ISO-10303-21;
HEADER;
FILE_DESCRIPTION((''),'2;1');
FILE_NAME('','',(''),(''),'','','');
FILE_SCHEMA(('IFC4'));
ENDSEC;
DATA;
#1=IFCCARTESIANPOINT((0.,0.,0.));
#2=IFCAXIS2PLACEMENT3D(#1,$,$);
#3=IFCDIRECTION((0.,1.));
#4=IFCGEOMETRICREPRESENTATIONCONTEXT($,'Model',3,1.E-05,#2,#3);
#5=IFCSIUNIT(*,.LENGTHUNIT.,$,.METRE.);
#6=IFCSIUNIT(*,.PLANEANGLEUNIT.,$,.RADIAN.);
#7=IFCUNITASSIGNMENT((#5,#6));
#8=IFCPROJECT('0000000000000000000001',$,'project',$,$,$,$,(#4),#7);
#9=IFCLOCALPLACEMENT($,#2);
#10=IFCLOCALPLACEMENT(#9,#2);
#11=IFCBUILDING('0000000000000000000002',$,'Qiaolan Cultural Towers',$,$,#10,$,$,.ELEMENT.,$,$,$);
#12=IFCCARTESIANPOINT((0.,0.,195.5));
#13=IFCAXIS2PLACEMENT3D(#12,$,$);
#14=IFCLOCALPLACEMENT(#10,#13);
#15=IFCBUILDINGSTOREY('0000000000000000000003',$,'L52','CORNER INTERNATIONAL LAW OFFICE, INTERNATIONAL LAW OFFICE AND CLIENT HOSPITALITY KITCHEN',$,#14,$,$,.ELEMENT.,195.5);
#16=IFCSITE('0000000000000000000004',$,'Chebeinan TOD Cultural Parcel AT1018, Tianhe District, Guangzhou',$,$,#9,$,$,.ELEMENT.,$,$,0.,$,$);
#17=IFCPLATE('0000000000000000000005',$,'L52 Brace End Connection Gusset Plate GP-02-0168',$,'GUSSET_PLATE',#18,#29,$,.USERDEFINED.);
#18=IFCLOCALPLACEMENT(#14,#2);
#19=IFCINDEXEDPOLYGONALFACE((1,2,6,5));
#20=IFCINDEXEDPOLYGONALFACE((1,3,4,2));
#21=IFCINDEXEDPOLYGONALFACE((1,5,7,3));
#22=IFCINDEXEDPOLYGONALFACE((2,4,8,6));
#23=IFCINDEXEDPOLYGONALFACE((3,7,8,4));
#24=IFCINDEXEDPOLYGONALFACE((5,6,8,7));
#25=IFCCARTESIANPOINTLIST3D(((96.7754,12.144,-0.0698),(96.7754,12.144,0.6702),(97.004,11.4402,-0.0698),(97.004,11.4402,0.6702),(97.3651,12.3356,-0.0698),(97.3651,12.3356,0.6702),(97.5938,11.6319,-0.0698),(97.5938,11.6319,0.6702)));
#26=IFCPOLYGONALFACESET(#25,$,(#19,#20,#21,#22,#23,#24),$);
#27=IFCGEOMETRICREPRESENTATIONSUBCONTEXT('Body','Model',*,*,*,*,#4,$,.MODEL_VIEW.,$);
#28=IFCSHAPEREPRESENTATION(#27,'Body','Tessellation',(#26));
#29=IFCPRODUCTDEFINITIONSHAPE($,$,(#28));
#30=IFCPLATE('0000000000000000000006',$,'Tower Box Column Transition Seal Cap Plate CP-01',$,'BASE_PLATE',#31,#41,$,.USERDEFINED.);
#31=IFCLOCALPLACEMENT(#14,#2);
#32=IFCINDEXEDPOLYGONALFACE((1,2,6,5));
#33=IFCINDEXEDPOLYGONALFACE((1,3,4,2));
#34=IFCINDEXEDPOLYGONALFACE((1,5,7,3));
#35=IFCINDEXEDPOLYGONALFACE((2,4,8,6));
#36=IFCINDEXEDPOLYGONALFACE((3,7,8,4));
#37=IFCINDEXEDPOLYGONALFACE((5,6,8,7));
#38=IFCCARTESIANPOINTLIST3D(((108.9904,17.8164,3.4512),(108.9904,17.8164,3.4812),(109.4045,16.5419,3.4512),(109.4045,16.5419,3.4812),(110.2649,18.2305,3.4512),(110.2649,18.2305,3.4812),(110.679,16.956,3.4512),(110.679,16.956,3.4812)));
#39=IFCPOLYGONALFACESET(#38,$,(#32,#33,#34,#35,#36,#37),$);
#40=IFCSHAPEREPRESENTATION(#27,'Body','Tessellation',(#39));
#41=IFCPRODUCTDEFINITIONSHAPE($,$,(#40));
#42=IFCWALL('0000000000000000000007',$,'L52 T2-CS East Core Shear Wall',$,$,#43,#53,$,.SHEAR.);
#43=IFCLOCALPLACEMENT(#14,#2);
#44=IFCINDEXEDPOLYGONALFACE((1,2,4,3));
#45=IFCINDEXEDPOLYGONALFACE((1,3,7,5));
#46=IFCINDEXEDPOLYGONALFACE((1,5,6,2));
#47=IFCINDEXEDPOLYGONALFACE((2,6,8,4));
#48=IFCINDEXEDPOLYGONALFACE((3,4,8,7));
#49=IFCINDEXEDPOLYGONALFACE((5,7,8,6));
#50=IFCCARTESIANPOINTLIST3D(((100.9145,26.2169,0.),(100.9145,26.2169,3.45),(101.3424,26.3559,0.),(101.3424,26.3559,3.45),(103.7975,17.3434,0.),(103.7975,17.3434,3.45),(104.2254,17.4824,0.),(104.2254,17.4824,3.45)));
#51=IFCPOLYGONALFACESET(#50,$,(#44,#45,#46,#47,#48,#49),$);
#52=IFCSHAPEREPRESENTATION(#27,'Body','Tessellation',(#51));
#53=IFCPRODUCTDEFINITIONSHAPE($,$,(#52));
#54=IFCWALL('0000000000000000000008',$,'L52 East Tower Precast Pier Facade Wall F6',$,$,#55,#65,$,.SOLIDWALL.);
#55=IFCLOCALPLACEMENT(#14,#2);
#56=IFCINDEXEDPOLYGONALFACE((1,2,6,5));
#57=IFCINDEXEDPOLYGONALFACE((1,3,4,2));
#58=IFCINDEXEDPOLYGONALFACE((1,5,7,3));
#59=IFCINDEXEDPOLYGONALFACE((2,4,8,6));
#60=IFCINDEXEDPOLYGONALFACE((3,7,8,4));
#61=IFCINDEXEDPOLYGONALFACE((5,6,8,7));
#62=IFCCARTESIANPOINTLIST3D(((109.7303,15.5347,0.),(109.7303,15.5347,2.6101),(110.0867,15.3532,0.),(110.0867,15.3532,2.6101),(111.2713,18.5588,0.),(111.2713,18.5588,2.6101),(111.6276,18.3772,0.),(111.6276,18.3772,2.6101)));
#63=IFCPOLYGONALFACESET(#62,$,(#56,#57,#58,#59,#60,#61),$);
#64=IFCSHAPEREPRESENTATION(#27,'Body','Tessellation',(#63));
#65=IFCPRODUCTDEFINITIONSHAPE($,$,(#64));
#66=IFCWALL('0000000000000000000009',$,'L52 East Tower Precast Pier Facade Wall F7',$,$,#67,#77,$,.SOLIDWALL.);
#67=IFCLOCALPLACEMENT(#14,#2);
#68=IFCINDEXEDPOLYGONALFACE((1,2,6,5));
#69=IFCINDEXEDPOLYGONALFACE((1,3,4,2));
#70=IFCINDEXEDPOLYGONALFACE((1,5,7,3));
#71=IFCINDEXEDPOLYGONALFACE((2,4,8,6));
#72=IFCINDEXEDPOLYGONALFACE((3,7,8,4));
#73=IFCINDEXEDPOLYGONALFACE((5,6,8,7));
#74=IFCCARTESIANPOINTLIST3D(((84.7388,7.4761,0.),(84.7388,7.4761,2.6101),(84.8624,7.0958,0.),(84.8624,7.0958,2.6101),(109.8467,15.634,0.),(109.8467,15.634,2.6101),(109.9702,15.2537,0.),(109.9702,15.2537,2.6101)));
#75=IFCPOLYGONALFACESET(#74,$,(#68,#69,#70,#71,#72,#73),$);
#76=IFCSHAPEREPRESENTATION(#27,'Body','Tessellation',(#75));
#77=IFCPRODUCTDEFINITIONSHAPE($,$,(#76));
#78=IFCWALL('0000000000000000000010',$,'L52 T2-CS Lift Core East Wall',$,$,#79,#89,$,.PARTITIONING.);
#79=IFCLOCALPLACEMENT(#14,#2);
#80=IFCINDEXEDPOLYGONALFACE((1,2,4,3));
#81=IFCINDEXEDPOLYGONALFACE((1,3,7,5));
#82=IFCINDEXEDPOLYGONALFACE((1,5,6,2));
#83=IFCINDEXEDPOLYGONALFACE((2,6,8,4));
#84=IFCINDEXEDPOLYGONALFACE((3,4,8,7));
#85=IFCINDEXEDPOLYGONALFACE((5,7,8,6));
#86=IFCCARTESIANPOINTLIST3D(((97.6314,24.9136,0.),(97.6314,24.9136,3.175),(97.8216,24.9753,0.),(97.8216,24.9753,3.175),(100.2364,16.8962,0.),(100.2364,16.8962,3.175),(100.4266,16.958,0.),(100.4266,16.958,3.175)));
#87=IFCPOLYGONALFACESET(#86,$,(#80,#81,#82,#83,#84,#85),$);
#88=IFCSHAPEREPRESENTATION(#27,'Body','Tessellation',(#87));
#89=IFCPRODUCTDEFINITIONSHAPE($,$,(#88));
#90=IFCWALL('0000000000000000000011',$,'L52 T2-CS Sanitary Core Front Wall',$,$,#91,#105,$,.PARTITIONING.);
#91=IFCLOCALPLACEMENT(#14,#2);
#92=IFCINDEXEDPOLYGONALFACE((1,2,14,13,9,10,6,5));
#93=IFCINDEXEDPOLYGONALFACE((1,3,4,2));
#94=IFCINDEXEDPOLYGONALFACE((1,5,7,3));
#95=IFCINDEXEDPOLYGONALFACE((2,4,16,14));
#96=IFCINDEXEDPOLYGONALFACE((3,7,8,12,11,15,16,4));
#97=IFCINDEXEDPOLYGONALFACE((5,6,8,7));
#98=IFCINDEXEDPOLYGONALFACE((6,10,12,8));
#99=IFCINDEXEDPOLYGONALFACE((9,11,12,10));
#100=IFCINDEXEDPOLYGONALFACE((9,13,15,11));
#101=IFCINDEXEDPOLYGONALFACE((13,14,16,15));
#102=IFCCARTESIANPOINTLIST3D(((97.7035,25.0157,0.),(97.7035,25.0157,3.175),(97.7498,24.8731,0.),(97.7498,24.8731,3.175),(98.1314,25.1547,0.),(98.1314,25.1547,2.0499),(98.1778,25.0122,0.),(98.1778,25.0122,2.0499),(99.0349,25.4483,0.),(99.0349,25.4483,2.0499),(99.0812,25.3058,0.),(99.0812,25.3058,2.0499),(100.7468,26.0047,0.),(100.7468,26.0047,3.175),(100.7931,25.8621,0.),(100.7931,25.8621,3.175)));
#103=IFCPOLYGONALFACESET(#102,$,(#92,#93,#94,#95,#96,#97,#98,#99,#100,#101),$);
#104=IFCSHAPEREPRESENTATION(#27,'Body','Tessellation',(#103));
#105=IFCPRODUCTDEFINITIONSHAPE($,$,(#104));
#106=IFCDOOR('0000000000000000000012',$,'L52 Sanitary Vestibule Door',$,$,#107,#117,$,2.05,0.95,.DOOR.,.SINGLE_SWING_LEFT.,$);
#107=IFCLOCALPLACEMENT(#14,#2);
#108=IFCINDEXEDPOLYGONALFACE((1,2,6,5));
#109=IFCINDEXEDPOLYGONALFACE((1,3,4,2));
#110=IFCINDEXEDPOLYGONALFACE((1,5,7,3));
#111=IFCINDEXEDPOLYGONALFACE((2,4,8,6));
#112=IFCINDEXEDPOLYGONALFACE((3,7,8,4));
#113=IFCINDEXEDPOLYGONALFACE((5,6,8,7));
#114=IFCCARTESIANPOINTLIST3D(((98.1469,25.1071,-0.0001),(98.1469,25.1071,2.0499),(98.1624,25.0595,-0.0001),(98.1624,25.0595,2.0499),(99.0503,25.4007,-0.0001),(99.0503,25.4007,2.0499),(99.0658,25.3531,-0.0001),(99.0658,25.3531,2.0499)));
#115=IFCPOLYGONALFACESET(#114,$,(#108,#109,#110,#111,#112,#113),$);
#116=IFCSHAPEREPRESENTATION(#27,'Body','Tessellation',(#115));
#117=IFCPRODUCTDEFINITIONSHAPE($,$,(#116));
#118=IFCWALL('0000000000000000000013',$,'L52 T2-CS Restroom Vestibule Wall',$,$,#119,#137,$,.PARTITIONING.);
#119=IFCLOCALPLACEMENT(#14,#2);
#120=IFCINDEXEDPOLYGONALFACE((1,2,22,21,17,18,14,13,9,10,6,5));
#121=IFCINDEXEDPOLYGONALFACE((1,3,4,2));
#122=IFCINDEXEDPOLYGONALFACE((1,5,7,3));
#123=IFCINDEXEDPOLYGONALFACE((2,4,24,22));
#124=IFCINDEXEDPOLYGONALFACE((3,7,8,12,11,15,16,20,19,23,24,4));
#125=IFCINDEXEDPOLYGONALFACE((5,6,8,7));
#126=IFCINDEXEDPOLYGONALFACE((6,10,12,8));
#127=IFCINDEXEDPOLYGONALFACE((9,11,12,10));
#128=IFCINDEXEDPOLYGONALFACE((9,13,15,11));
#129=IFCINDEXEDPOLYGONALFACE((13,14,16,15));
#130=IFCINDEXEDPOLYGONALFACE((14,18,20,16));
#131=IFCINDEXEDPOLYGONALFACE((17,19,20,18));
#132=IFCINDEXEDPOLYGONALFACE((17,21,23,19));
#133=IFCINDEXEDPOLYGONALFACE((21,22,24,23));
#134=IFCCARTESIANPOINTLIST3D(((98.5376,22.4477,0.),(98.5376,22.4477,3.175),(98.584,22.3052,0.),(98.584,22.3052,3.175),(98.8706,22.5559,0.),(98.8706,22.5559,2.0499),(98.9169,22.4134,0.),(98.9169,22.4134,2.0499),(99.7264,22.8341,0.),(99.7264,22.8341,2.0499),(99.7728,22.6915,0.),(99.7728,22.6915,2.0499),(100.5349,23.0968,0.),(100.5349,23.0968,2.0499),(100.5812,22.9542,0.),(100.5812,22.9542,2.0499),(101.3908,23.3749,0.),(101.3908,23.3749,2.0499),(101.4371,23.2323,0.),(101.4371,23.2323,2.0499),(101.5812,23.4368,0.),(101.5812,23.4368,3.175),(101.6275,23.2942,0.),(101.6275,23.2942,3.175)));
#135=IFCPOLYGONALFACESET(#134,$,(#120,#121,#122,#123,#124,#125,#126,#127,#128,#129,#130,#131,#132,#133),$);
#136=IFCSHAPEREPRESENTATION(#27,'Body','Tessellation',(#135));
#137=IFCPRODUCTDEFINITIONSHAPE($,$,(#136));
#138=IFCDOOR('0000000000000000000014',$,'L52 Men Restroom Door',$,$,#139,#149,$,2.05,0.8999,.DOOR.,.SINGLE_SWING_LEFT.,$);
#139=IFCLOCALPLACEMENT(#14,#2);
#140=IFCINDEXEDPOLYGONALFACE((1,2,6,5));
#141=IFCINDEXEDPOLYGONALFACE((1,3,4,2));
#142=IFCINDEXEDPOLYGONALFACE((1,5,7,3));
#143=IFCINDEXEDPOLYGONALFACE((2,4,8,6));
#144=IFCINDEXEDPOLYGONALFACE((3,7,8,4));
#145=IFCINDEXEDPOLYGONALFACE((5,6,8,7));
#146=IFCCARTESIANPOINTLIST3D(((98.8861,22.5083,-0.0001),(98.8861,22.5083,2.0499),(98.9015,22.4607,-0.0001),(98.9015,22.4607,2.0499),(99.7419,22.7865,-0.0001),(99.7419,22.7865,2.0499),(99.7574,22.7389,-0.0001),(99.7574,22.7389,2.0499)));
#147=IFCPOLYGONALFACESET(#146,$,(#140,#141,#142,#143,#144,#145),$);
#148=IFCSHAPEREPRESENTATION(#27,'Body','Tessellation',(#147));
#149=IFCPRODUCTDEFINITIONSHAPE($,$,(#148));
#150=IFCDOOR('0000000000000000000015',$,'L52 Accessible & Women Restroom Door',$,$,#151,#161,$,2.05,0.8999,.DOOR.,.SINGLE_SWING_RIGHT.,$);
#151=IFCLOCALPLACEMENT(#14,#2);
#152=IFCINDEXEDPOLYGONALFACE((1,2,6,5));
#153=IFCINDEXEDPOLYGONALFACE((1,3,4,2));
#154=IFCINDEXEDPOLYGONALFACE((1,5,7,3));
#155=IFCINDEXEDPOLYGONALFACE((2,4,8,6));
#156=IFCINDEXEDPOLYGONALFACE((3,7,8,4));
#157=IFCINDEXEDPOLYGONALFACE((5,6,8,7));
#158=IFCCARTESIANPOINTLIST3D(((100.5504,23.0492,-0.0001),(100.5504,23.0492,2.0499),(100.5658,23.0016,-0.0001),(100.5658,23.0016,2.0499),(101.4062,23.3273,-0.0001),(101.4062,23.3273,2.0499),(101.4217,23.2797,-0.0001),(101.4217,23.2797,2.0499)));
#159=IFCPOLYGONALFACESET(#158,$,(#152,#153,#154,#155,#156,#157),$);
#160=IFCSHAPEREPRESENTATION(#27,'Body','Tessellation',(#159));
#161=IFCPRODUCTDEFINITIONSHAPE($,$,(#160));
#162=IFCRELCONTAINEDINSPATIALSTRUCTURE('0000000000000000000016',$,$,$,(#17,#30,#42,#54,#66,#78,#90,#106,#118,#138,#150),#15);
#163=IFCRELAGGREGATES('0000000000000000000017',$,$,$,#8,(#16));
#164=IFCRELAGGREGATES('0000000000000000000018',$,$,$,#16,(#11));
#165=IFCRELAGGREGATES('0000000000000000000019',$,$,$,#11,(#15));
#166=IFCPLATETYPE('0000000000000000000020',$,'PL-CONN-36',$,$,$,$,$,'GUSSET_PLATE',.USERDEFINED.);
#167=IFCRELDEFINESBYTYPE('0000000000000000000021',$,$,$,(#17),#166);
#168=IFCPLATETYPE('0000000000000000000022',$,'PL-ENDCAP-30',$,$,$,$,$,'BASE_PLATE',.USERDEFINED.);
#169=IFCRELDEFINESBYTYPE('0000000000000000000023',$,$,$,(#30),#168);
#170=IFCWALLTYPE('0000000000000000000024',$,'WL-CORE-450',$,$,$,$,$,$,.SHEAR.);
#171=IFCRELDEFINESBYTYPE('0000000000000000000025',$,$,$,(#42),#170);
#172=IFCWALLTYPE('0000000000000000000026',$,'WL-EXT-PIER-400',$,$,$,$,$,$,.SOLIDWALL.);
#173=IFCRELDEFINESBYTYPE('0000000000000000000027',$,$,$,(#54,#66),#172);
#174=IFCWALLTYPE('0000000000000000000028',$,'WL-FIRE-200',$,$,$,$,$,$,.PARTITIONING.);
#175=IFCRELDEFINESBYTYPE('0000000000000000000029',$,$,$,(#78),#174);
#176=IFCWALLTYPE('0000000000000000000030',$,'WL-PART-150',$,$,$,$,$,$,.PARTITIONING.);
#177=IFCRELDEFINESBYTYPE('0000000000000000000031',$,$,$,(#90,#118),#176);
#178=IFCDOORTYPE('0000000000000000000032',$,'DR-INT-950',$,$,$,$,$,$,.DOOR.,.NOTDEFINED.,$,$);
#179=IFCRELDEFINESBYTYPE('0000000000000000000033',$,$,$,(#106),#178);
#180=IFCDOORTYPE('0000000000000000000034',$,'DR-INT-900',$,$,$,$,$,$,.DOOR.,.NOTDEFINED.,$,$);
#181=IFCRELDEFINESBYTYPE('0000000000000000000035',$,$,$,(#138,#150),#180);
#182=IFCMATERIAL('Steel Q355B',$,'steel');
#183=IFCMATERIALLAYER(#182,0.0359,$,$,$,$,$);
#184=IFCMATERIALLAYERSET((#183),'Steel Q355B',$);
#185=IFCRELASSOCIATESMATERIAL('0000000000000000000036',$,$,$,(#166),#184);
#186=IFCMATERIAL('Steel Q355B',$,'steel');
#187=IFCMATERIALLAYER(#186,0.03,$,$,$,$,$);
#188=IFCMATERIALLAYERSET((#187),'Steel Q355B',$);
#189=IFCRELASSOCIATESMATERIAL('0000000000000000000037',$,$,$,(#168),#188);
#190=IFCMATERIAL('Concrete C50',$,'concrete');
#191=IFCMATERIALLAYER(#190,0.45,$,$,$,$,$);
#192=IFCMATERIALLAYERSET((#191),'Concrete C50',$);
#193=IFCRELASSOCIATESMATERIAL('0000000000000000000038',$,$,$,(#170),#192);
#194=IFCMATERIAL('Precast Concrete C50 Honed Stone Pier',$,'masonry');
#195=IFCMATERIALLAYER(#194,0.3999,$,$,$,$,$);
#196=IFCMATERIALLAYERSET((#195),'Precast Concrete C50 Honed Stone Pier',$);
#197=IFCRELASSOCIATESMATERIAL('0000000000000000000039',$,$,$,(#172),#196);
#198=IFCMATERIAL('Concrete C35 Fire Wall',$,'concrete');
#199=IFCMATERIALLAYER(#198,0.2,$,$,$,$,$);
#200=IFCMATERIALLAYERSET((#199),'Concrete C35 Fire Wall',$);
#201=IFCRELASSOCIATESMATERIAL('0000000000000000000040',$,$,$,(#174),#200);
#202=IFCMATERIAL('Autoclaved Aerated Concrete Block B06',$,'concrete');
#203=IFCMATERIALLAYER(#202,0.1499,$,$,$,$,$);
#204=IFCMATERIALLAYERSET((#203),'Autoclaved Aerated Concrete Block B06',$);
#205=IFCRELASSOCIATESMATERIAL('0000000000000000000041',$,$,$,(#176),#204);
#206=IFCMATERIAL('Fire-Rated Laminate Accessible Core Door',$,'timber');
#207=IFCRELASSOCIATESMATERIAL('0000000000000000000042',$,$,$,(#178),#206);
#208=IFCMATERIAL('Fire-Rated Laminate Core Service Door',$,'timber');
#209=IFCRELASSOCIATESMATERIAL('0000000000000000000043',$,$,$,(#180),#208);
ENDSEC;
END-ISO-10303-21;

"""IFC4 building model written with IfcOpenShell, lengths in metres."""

from ifc_helpers import new_model, si_unit, direction, frame, frame_2d, origin, origin_2d, place, context, subcontext, project, spatial, rectangle, extrude, material, layer, layer_set, type_object, element, fill, save


model = new_model("IFC4")

# Units and contexts
model_context = context("Model", 3, precision=1e-05, world=origin(), true_north=direction((0.0, 1.0)))
body_context = subcontext(model_context, "Body", "Model", "MODEL_VIEW")
ifc_project = project(units=[si_unit("LENGTHUNIT", "METRE"), si_unit("PLANEANGLEUNIT", "RADIAN")], contexts=[model_context])

# Site, building, storey
site_placement = place(None, origin())
site = spatial("IfcSite", under=ifc_project, at=site_placement, Name="Chebeinan TOD Cultural Parcel AT1018, Tianhe District, Guangzhou", CompositionType="ELEMENT", RefElevation=0.0)
building_placement = place(site_placement, origin())
building = spatial("IfcBuilding", under=site, at=building_placement, Name="Qiaolan Cultural Towers", CompositionType="ELEMENT")
storey_placement = place(building_placement, frame((0.0, 0.0, 195.5)))
storey = spatial("IfcBuildingStorey", under=building, at=storey_placement, Name="L52", Description="CORNER INTERNATIONAL LAW OFFICE, INTERNATIONAL LAW OFFICE AND CLIENT HOSPITALITY KITCHEN", CompositionType="ELEMENT", Elevation=195.5)

# Plates
ifc_material_1 = material(Name="Steel Q355B", Category="steel")
ifc_layer_1 = layer(ifc_material_1, 0.0359)
ifc_layer_set_1 = layer_set([ifc_layer_1], Name="Steel Q355B")
plate_type_1 = type_object("IfcPlateType", Name="PL-CONN-36", ElementType="GUSSET_PLATE", PredefinedType="USERDEFINED", material=ifc_layer_set_1)
for number, where, z_axis, x_axis, name in (
    (1, (97.1846, 11.8879, -0.0698), (0.0, 0.0, 1.0), (-0.309017, 0.951057, 0.0), "L52 Brace End Connection Gusset Plate GP-02-0168"),
):
    element("IfcPlate", number, at=place(storey_placement, frame(where, z_axis=z_axis, x_axis=x_axis)), inside=storey, type_object=plate_type_1, Name=name, ObjectType="GUSSET_PLATE", PredefinedType="USERDEFINED", context=body_context, shape_type="SweptSolid", body=[
        extrude(rectangle(XDim=0.74, YDim=0.6201, at=origin_2d()), origin(), (0.0, 0.0, 1.0), 0.74),
    ])
ifc_material_2 = material(Name="Steel Q355B", Category="steel")
ifc_layer_2 = layer(ifc_material_2, 0.03)
ifc_layer_set_2 = layer_set([ifc_layer_2], Name="Steel Q355B")
plate_type_2 = type_object("IfcPlateType", Name="PL-ENDCAP-30", ElementType="BASE_PLATE", PredefinedType="USERDEFINED", material=ifc_layer_set_2)
plate_placement = place(storey_placement, frame((109.8347, 17.3862, 3.4512), z_axis=(0.0, 0.0, 1.0), x_axis=(0.951057, 0.309017, 0.0)))
element("IfcPlate", 2, at=plate_placement, inside=storey, type_object=plate_type_2, Name="Tower Box Column Transition Seal Cap Plate CP-01", ObjectType="BASE_PLATE", PredefinedType="USERDEFINED", context=body_context, shape_type="SweptSolid", body=[
    extrude(rectangle(XDim=1.3401, YDim=1.3401, at=origin_2d()), origin(), (0.0, 0.0, 1.0), 0.03),
])

# Walls
ifc_material_3 = material(Name="Concrete C50", Category="concrete")
ifc_layer_3 = layer(ifc_material_3, 0.45)
ifc_layer_set_3 = layer_set([ifc_layer_3], Name="Concrete C50")
wall_type_1 = type_object("IfcWallType", Name="WL-CORE-450", PredefinedType="SHEAR", material=ifc_layer_set_3)
wall_1_placement = place(storey_placement, frame((101.1284, 26.2864, 0.0), z_axis=(0.0, 0.0, 1.0), x_axis=(0.309004, -0.951061, 0.0)))
element("IfcWall", 3, at=wall_1_placement, inside=storey, type_object=wall_type_1, Name="L52 T2-CS East Core Shear Wall", PredefinedType="SHEAR", context=body_context, shape_type="SweptSolid", body=[
    extrude(rectangle(XDim=9.3301, YDim=0.45, at=frame_2d((4.665, 0.0))), origin(), (0.0, 0.0, 1.0), 3.45),
])
ifc_material_4 = material(Name="Precast Concrete C50 Honed Stone Pier", Category="masonry")
ifc_layer_4 = layer(ifc_material_4, 0.3999)
ifc_layer_set_4 = layer_set([ifc_layer_4], Name="Precast Concrete C50 Honed Stone Pier")
wall_type_2 = type_object("IfcWallType", Name="WL-EXT-PIER-400", PredefinedType="SOLIDWALL", material=ifc_layer_set_4)
wall_2_placement = place(storey_placement, frame((111.4495, 18.468, 0.0), z_axis=(0.0, 0.0, 1.0), x_axis=(-0.45402, -0.890992, 0.0)))
element("IfcWall", 4, at=wall_2_placement, inside=storey, type_object=wall_type_2, Name="L52 East Tower Precast Pier Facade Wall F6", PredefinedType="SOLIDWALL", context=body_context, shape_type="SweptSolid", body=[
    extrude(rectangle(XDim=3.394, YDim=0.3999, at=frame_2d((1.697, 0.0))), origin(), (0.0, 0.0, 1.0), 2.6101),
])
wall_3_placement = place(storey_placement, frame((109.9084, 15.4438, 0.0), z_axis=(0.0, 0.0, 1.0), x_axis=(-0.951058, -0.309014, 0.0)))
element("IfcWall", 5, at=wall_3_placement, inside=storey, type_object=wall_type_2, Name="L52 East Tower Precast Pier Facade Wall F7", PredefinedType="SOLIDWALL", context=body_context, shape_type="SweptSolid", body=[
    extrude(rectangle(XDim=26.3999, YDim=0.3999, at=frame_2d((13.2, 0.0))), origin(), (0.0, 0.0, 1.0), 2.6101),
])
ifc_material_5 = material(Name="Concrete C35 Fire Wall", Category="concrete")
ifc_layer_5 = layer(ifc_material_5, 0.2)
ifc_layer_set_5 = layer_set([ifc_layer_5], Name="Concrete C35 Fire Wall")
wall_type_3 = type_object("IfcWallType", Name="WL-FIRE-200", PredefinedType="PARTITIONING", material=ifc_layer_set_5)
wall_4_placement = place(storey_placement, frame((97.7266, 24.9443, 0.0), z_axis=(0.0, 0.0, 1.0), x_axis=(0.309016, -0.951057, 0.0)))
element("IfcWall", 6, at=wall_4_placement, inside=storey, type_object=wall_type_3, Name="L52 T2-CS Lift Core East Wall", PredefinedType="PARTITIONING", context=body_context, shape_type="SweptSolid", body=[
    extrude(rectangle(XDim=8.4299, YDim=0.2, at=frame_2d((4.2148, 0.0))), origin(), (0.0, 0.0, 1.0), 3.175),
])

# Wall, opening, door
ifc_material_6 = material(Name="Autoclaved Aerated Concrete Block B06", Category="concrete")
ifc_layer_6 = layer(ifc_material_6, 0.1499)
ifc_layer_set_6 = layer_set([ifc_layer_6], Name="Autoclaved Aerated Concrete Block B06")
wall_type_4 = type_object("IfcWallType", Name="WL-PART-150", PredefinedType="PARTITIONING", material=ifc_layer_set_6)
wall_5_placement = place(storey_placement, frame((97.7266, 24.9443, 0.0), z_axis=(0.0, 0.0, 1.0), x_axis=(0.951037, 0.309077, 0.0)))
wall_5 = element("IfcWall", 7, at=wall_5_placement, inside=storey, type_object=wall_type_4, Name="L52 T2-CS Sanitary Core Front Wall", PredefinedType="PARTITIONING", context=body_context, shape_type="SweptSolid", body=[
    extrude(rectangle(XDim=3.2, YDim=0.1499, at=frame_2d((1.6001, 0.0))), origin(), (0.0, 0.0, 1.0), 3.175),
])
opening_1_placement = place(wall_5_placement, frame((0.45, 0.0, 0.0)))
opening_1 = element("IfcOpeningElement", 8, at=opening_1_placement, cuts=wall_5, PredefinedType="OPENING", context=body_context, shape_type="SweptSolid", body=[
    extrude(rectangle(XDim=0.95, YDim=2.05, at=frame_2d((0.4751, 1.0249))), frame((0.0, 0.085, 0.0), z_axis=(0.0, -1.0, 0.0), x_axis=(1.0, 0.0, 0.0)), (0.0, 0.0, 1.0), 0.1699),
])
ifc_material_7 = material(Name="Fire-Rated Laminate Accessible Core Door", Category="timber")
door_type_1 = type_object("IfcDoorType", Name="DR-INT-950", OperationType="NOTDEFINED", PredefinedType="DOOR", material=ifc_material_7)
door_1_placement = place(opening_1_placement, origin())
door_1 = element("IfcDoor", 9, at=door_1_placement, inside=storey, type_object=door_type_1, Name="L52 Sanitary Vestibule Door", OperationType="SINGLE_SWING_LEFT", OverallHeight=2.05, OverallWidth=0.95, PredefinedType="DOOR", context=body_context, shape_type="SweptSolid", body=[
    extrude(rectangle(XDim=0.95, YDim=2.05, at=frame_2d((0.4751, 1.0249))), frame((0.0, 0.0249, 0.0), z_axis=(0.0, -1.0, 0.0), x_axis=(1.0, 0.0, 0.0)), (0.0, 0.0, 1.0), 0.05),
])
fill(opening_1, door_1)

# Wall, openings, doors
wall_6_placement = place(storey_placement, frame((98.5608, 22.3765, 0.0), z_axis=(0.0, 0.0, 1.0), x_axis=(0.951044, 0.309055, 0.0)))
wall_6 = element("IfcWall", 10, at=wall_6_placement, inside=storey, type_object=wall_type_4, Name="L52 T2-CS Restroom Vestibule Wall", PredefinedType="PARTITIONING", context=body_context, shape_type="SweptSolid", body=[
    extrude(rectangle(XDim=3.2002, YDim=0.1499, at=frame_2d((1.6001, 0.0))), origin(), (0.0, 0.0, 1.0), 3.175),
])
opening_2_placement = place(wall_6_placement, frame((0.3501, 0.0, 0.0)))
opening_2 = element("IfcOpeningElement", 11, at=opening_2_placement, cuts=wall_6, PredefinedType="OPENING", context=body_context, shape_type="SweptSolid", body=[
    extrude(rectangle(XDim=0.8999, YDim=2.05, at=frame_2d((0.45, 1.0249))), frame((0.0, 0.085, 0.0), z_axis=(0.0, -1.0, 0.0), x_axis=(1.0, 0.0, 0.0)), (0.0, 0.0, 1.0), 0.1699),
])
opening_3_placement = place(wall_6_placement, frame((2.1001, 0.0, 0.0)))
opening_3 = element("IfcOpeningElement", 12, at=opening_3_placement, cuts=wall_6, PredefinedType="OPENING", context=body_context, shape_type="SweptSolid", body=[
    extrude(rectangle(XDim=0.8999, YDim=2.05, at=frame_2d((0.45, 1.0249))), frame((0.0, 0.085, 0.0), z_axis=(0.0, -1.0, 0.0), x_axis=(1.0, 0.0, 0.0)), (0.0, 0.0, 1.0), 0.1699),
])
ifc_material_8 = material(Name="Fire-Rated Laminate Core Service Door", Category="timber")
door_type_2 = type_object("IfcDoorType", Name="DR-INT-900", OperationType="NOTDEFINED", PredefinedType="DOOR", material=ifc_material_8)
door_2_placement = place(opening_2_placement, origin())
door_2 = element("IfcDoor", 13, at=door_2_placement, inside=storey, type_object=door_type_2, Name="L52 Men Restroom Door", OperationType="SINGLE_SWING_LEFT", OverallHeight=2.05, OverallWidth=0.8999, PredefinedType="DOOR", context=body_context, shape_type="SweptSolid", body=[
    extrude(rectangle(XDim=0.8999, YDim=2.05, at=frame_2d((0.45, 1.0249))), frame((0.0, 0.0249, 0.0), z_axis=(0.0, -1.0, 0.0), x_axis=(1.0, 0.0, 0.0)), (0.0, 0.0, 1.0), 0.05),
])
fill(opening_2, door_2)
door_3_placement = place(opening_3_placement, origin())
door_3 = element("IfcDoor", 14, at=door_3_placement, inside=storey, type_object=door_type_2, Name="L52 Accessible & Women Restroom Door", OperationType="SINGLE_SWING_RIGHT", OverallHeight=2.05, OverallWidth=0.8999, PredefinedType="DOOR", context=body_context, shape_type="SweptSolid", body=[
    extrude(rectangle(XDim=0.8999, YDim=2.05, at=frame_2d((0.45, 1.0249))), frame((0.0, 0.0249, 0.0), z_axis=(0.0, -1.0, 0.0), x_axis=(1.0, 0.0, 0.0)), (0.0, 0.0, 1.0), 0.05),
])
fill(opening_3, door_3)

save(model, "model.ifc")
